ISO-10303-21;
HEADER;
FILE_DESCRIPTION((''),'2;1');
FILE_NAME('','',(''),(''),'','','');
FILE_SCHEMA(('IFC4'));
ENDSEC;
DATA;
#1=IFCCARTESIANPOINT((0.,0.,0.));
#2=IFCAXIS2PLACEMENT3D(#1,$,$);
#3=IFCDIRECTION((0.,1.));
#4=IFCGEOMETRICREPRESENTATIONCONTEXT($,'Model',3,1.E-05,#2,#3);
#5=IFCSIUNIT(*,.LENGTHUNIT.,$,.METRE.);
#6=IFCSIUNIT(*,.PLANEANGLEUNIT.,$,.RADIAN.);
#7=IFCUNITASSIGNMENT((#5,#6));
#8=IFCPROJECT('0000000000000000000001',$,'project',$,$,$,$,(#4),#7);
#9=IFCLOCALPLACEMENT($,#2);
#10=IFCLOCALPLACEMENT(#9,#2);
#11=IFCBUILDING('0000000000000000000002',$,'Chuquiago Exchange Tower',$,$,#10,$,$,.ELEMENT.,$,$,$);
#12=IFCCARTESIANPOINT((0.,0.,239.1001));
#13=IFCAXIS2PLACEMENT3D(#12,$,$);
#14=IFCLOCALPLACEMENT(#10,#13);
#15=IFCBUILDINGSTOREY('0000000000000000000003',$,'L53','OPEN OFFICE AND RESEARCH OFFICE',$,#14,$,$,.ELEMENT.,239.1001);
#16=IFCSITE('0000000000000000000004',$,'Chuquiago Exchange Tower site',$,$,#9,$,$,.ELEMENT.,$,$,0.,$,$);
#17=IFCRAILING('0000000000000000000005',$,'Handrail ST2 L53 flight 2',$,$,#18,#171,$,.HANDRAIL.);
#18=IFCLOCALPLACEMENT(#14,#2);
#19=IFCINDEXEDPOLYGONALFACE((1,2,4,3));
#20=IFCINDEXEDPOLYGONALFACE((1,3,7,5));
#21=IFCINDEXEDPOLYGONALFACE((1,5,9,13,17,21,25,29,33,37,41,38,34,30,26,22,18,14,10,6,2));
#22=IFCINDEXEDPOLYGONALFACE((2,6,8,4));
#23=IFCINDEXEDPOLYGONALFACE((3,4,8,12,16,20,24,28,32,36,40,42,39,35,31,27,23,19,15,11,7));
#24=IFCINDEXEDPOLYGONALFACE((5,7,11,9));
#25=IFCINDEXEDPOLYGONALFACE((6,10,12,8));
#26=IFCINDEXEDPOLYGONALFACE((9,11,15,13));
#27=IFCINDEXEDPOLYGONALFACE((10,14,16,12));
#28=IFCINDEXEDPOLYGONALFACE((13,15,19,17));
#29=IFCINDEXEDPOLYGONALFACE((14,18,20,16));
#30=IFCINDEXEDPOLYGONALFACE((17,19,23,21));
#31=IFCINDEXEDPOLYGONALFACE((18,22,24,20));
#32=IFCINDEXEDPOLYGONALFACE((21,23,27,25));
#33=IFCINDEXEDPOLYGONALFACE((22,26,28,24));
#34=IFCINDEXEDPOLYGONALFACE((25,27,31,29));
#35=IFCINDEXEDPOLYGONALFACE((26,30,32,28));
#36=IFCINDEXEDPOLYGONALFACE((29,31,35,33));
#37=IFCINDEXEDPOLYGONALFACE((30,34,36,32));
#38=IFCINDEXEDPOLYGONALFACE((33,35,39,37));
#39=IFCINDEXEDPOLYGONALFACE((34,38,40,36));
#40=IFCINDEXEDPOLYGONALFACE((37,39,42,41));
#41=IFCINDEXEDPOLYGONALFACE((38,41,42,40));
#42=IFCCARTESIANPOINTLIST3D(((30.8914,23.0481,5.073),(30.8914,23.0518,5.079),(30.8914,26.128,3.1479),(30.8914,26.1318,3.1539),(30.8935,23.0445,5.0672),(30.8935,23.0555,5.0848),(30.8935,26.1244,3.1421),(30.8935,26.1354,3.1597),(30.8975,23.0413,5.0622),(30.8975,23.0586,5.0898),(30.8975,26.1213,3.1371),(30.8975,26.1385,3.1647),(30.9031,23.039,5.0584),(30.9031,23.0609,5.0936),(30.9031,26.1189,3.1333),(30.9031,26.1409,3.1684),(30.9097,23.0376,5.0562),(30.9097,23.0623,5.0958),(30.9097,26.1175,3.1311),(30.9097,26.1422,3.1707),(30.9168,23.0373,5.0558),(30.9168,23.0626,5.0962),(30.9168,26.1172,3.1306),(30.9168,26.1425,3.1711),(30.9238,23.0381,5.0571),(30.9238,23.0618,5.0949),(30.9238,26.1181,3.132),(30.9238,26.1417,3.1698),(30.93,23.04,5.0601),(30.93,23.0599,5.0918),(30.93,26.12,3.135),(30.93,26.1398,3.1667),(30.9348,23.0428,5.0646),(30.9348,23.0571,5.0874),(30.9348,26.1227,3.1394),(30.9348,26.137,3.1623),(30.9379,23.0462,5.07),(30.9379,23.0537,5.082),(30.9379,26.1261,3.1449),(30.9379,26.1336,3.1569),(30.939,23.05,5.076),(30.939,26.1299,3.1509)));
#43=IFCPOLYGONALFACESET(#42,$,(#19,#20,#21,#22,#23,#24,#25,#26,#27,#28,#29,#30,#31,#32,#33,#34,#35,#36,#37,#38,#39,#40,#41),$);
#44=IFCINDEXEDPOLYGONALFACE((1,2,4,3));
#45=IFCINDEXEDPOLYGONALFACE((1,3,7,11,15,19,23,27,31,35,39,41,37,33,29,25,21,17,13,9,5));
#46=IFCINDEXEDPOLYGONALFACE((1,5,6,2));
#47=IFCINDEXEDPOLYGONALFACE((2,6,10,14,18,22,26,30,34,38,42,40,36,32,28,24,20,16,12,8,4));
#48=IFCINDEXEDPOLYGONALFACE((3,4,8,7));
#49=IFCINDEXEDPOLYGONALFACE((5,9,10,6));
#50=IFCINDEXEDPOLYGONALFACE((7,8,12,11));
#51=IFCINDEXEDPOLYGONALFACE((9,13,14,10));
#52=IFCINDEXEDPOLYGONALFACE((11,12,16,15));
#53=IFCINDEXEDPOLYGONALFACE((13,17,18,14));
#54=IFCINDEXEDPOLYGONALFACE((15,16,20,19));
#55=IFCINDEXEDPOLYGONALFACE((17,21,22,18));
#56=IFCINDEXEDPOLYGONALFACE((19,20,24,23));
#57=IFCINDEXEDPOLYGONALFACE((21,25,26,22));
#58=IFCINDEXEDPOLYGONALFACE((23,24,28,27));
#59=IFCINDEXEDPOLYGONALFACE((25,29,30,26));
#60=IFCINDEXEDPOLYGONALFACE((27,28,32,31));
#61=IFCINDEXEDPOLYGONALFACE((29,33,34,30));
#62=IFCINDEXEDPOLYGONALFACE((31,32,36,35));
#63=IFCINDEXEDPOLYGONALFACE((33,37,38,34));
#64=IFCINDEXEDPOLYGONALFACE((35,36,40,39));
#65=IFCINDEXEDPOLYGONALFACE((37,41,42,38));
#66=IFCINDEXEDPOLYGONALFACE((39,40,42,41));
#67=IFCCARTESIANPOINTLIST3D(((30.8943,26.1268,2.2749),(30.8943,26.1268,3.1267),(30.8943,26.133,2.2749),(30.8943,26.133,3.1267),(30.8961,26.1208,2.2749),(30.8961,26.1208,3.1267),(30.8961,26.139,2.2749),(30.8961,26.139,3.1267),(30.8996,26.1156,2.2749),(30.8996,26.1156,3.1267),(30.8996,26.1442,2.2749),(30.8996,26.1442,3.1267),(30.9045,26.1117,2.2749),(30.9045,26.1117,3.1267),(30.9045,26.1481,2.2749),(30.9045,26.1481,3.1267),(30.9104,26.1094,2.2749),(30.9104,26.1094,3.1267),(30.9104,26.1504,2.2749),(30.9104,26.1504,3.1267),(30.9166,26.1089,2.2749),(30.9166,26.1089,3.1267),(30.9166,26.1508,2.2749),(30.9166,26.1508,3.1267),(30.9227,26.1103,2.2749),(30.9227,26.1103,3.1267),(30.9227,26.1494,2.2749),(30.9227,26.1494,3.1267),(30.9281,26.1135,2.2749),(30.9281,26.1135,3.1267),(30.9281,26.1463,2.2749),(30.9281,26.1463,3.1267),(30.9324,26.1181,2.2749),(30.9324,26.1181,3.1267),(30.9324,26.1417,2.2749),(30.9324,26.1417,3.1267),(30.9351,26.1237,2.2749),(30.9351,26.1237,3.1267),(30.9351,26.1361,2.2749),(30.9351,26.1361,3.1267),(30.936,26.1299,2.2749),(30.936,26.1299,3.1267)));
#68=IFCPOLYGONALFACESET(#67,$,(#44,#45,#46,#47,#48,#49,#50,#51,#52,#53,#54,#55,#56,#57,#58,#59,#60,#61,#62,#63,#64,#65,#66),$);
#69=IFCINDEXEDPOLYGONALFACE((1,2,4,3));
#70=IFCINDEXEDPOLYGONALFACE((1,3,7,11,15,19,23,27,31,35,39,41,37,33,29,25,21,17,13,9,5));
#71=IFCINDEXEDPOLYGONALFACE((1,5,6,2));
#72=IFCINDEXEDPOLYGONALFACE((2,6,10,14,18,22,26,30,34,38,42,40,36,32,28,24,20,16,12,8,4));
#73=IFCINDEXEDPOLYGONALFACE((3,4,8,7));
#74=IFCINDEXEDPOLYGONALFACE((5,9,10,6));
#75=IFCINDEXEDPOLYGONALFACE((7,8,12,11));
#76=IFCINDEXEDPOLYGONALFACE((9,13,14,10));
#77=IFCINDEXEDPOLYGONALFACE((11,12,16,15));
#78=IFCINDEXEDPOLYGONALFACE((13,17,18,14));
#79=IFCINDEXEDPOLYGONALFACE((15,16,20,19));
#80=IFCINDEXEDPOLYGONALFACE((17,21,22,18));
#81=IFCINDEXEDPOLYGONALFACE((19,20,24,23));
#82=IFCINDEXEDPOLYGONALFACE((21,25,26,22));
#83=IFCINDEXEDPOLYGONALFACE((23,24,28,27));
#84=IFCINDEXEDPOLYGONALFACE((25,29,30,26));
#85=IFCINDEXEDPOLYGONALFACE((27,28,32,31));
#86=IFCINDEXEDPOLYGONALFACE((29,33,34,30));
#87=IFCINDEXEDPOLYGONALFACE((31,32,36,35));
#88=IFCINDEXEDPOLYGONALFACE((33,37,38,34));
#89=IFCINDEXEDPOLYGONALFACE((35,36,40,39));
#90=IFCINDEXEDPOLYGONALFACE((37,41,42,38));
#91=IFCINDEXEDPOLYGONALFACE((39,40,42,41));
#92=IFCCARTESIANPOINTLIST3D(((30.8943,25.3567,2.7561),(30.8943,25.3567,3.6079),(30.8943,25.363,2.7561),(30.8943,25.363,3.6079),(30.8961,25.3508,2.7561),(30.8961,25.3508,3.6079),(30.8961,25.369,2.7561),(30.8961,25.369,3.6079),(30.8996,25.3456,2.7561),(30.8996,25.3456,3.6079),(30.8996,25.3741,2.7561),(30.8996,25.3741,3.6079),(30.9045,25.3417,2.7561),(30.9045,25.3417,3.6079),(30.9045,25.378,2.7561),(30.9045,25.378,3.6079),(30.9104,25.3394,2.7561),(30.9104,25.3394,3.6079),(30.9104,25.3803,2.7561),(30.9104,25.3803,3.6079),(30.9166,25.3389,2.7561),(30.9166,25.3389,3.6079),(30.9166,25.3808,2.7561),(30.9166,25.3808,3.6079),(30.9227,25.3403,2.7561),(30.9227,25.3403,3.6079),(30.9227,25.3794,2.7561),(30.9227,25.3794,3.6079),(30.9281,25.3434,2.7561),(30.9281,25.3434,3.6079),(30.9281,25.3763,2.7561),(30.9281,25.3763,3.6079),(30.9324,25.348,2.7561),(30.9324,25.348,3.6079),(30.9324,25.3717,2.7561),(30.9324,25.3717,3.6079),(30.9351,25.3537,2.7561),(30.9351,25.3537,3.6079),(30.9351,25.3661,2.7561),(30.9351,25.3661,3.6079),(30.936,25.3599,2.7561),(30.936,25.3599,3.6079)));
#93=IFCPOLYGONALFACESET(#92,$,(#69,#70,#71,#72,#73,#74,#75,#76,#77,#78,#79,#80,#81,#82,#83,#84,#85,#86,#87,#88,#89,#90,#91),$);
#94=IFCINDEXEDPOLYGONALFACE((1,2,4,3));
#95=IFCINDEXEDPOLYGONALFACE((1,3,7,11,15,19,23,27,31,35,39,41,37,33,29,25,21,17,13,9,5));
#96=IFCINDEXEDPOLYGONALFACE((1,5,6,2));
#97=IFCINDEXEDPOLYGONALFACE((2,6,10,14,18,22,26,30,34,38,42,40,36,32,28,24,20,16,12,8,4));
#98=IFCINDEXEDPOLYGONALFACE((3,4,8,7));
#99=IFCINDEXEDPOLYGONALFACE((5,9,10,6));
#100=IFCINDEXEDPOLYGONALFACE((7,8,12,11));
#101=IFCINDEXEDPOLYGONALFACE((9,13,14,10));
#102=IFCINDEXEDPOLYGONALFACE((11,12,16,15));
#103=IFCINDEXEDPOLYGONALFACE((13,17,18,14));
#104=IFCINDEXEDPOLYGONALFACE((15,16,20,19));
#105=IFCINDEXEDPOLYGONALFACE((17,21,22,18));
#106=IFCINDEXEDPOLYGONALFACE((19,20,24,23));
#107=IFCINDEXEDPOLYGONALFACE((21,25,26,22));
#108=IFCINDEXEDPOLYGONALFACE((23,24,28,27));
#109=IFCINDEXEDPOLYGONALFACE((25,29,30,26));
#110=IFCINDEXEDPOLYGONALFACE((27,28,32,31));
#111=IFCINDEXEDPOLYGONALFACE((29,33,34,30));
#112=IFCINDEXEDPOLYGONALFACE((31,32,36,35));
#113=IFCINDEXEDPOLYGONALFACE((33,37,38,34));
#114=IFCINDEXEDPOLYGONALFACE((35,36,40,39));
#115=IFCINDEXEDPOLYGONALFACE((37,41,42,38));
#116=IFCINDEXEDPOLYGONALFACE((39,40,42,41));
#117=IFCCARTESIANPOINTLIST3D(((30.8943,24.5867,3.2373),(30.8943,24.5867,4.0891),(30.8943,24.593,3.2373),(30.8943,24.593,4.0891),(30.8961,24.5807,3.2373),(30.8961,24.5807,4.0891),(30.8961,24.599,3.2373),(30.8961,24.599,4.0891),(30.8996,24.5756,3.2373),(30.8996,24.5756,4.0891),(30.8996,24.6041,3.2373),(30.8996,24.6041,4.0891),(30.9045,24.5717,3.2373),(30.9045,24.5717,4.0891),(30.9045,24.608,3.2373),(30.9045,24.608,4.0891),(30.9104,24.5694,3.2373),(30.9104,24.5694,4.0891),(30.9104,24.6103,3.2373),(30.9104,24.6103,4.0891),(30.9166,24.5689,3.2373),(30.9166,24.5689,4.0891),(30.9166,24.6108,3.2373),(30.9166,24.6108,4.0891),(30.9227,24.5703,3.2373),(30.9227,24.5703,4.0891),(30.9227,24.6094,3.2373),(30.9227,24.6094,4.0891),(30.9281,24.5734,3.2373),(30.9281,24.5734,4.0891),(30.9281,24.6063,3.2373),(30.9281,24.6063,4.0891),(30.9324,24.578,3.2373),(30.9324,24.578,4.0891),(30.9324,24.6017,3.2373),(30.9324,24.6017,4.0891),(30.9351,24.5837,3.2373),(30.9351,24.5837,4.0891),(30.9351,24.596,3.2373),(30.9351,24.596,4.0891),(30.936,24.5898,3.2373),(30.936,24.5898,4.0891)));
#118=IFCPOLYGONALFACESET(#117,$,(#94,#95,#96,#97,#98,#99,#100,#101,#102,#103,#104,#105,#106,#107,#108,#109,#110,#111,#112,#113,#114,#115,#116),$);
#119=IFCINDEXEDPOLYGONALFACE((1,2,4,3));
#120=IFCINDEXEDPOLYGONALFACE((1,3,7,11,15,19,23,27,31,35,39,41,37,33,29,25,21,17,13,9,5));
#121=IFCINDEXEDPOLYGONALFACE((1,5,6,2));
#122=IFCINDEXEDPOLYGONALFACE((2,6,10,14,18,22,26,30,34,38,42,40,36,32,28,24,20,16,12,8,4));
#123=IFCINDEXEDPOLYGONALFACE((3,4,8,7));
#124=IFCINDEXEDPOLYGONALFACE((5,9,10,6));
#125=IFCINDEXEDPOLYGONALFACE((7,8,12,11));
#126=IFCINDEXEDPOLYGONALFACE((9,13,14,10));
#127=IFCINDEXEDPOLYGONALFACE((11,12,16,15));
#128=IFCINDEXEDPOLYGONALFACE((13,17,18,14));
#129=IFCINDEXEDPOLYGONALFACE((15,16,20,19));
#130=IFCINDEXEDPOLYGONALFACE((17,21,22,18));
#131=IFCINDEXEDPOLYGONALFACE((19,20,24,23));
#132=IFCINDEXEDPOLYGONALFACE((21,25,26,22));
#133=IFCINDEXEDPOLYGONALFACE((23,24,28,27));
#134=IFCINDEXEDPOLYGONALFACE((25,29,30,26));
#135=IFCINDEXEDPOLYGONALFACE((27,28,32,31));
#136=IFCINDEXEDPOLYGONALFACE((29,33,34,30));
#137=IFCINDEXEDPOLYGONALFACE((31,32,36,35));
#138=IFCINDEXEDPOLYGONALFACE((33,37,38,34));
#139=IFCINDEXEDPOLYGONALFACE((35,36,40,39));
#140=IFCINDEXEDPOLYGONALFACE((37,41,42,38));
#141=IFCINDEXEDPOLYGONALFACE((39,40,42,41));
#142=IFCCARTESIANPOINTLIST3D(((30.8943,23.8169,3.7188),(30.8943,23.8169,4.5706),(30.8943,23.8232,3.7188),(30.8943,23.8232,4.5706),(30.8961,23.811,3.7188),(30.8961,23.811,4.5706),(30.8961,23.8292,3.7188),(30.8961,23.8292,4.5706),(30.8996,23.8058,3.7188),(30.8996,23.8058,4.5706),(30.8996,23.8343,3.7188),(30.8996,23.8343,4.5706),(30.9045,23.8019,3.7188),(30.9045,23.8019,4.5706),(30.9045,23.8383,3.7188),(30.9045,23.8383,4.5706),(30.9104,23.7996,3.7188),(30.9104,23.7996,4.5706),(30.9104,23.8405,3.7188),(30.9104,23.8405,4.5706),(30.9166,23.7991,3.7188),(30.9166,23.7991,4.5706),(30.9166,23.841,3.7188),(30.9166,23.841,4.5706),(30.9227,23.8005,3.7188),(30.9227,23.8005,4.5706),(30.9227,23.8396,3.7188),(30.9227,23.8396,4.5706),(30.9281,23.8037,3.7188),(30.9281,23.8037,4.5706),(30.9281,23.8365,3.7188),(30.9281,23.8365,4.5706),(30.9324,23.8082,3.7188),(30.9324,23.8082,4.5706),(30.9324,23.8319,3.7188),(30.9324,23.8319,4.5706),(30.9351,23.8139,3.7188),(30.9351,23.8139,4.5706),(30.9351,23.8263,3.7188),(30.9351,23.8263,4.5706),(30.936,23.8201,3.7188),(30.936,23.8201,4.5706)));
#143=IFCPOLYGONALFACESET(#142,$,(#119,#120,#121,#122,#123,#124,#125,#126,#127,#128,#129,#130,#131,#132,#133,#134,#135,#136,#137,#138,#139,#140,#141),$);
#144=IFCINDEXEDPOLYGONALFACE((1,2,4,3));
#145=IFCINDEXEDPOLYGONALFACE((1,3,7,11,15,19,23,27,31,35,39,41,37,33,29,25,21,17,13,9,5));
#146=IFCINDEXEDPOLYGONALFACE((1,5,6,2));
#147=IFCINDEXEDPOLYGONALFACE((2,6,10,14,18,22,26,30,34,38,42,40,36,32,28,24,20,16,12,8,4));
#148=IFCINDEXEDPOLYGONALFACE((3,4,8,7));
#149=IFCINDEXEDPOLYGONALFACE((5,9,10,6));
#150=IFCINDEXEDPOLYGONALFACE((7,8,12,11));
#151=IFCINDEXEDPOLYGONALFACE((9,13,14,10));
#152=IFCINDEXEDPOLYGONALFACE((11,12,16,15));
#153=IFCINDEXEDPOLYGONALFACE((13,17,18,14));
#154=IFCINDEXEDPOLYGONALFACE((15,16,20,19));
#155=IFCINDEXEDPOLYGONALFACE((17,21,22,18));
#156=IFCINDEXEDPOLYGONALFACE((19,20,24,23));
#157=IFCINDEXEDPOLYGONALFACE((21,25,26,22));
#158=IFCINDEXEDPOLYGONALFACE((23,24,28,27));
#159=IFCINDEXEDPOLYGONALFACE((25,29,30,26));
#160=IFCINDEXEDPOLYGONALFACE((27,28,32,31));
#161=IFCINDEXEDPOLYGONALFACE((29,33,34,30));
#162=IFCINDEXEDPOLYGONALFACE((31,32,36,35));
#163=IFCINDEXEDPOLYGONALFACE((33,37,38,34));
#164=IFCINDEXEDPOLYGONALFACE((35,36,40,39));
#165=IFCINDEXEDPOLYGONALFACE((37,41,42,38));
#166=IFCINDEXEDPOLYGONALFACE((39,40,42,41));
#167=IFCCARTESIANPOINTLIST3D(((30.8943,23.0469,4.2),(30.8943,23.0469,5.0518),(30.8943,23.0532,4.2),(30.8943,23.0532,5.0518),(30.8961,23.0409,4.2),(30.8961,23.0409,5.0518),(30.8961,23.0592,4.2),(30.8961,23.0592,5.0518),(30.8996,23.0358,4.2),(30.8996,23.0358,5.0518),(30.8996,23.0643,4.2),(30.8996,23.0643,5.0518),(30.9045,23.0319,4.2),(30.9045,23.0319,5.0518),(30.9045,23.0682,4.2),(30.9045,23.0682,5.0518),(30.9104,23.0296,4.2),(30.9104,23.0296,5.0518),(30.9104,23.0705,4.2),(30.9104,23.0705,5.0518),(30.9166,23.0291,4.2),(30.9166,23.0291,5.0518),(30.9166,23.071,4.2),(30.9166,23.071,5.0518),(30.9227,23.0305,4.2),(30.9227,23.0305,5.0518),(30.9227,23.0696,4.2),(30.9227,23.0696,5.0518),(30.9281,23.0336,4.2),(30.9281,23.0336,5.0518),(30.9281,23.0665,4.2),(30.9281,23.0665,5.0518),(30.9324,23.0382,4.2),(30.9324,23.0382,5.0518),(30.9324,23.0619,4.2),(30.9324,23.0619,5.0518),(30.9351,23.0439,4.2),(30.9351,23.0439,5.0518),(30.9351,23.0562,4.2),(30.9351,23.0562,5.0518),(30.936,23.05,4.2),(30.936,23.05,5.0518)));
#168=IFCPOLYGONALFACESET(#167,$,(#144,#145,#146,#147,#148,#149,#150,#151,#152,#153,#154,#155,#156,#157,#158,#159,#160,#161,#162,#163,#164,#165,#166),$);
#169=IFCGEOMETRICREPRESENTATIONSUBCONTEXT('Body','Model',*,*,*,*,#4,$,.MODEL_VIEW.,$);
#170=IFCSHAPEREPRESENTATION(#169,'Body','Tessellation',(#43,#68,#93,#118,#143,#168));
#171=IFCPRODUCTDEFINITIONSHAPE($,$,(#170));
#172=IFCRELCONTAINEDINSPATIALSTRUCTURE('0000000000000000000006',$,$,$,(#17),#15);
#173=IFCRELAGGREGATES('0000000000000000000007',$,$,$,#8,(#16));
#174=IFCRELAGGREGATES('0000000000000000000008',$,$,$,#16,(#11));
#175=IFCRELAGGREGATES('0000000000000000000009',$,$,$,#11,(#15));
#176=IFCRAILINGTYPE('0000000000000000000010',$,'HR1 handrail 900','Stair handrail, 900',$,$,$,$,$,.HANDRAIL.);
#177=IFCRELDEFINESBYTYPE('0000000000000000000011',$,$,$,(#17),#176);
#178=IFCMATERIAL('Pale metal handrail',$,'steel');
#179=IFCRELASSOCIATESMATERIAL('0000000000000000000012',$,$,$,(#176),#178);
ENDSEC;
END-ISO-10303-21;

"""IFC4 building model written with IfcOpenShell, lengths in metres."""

from ifc_helpers import new_model, si_unit, direction, frame, origin, origin_2d, place, context, subcontext, project, spatial, circle, extrude, material, type_object, element, save


model = new_model("IFC4")

# Units and contexts
model_context = context("Model", 3, precision=1e-05, world=origin(), true_north=direction((0.0, 1.0)))
body_context = subcontext(model_context, "Body", "Model", "MODEL_VIEW")
ifc_project = project(units=[si_unit("LENGTHUNIT", "METRE"), si_unit("PLANEANGLEUNIT", "RADIAN")], contexts=[model_context])

# Site, building, storey
site_placement = place(None, origin())
site = spatial("IfcSite", under=ifc_project, at=site_placement, Name="Chuquiago Exchange Tower site", CompositionType="ELEMENT", RefElevation=0.0)
building_placement = place(site_placement, origin())
building = spatial("IfcBuilding", under=site, at=building_placement, Name="Chuquiago Exchange Tower", CompositionType="ELEMENT")
storey_placement = place(building_placement, frame((0.0, 0.0, 239.1001)))
storey = spatial("IfcBuildingStorey", under=building, at=storey_placement, Name="L53", Description="OPEN OFFICE AND RESEARCH OFFICE", CompositionType="ELEMENT", Elevation=239.1001)

# Railing
ifc_material_1 = material(Name="Pale metal handrail", Category="steel")
railing_type_1 = type_object("IfcRailingType", Name="HR1 handrail 900", Description="Stair handrail, 900", PredefinedType="HANDRAIL", material=ifc_material_1)
for number, where, name in (
    (1, (30.915, 26.1299, 2.2749), "Handrail ST2 L53 flight 2"),
):
    element("IfcRailing", number, at=place(storey_placement, frame(where)), inside=storey, type_object=railing_type_1, Name=name, PredefinedType="HANDRAIL", context=body_context, shape_type="SweptSolid", body=[
        extrude(circle(Radius=0.0239, at=origin_2d()), frame((0.0, 0.0, 0.876), z_axis=(0.0, -0.847979, 0.530029), x_axis=(1.0, 0.0, 0.0)), (0.0, 0.0, 1.0), 3.6321),
        extrude(circle(Radius=0.021, at=origin_2d()), origin(), (0.0, 0.0, 1.0), 0.8518),
        extrude(circle(Radius=0.021, at=origin_2d()), frame((0.0, -0.77, 0.4812)), (0.0, 0.0, 1.0), 0.8518),
        extrude(circle(Radius=0.021, at=origin_2d()), frame((0.0, -1.54, 0.9624)), (0.0, 0.0, 1.0), 0.8518),
        extrude(circle(Radius=0.021, at=origin_2d()), frame((0.0, -2.3098, 1.4438)), (0.0, 0.0, 1.0), 0.8518),
        extrude(circle(Radius=0.021, at=origin_2d()), frame((0.0, -3.0798, 1.925)), (0.0, 0.0, 1.0), 0.8518),
    ])

save(model, "model.ifc")
